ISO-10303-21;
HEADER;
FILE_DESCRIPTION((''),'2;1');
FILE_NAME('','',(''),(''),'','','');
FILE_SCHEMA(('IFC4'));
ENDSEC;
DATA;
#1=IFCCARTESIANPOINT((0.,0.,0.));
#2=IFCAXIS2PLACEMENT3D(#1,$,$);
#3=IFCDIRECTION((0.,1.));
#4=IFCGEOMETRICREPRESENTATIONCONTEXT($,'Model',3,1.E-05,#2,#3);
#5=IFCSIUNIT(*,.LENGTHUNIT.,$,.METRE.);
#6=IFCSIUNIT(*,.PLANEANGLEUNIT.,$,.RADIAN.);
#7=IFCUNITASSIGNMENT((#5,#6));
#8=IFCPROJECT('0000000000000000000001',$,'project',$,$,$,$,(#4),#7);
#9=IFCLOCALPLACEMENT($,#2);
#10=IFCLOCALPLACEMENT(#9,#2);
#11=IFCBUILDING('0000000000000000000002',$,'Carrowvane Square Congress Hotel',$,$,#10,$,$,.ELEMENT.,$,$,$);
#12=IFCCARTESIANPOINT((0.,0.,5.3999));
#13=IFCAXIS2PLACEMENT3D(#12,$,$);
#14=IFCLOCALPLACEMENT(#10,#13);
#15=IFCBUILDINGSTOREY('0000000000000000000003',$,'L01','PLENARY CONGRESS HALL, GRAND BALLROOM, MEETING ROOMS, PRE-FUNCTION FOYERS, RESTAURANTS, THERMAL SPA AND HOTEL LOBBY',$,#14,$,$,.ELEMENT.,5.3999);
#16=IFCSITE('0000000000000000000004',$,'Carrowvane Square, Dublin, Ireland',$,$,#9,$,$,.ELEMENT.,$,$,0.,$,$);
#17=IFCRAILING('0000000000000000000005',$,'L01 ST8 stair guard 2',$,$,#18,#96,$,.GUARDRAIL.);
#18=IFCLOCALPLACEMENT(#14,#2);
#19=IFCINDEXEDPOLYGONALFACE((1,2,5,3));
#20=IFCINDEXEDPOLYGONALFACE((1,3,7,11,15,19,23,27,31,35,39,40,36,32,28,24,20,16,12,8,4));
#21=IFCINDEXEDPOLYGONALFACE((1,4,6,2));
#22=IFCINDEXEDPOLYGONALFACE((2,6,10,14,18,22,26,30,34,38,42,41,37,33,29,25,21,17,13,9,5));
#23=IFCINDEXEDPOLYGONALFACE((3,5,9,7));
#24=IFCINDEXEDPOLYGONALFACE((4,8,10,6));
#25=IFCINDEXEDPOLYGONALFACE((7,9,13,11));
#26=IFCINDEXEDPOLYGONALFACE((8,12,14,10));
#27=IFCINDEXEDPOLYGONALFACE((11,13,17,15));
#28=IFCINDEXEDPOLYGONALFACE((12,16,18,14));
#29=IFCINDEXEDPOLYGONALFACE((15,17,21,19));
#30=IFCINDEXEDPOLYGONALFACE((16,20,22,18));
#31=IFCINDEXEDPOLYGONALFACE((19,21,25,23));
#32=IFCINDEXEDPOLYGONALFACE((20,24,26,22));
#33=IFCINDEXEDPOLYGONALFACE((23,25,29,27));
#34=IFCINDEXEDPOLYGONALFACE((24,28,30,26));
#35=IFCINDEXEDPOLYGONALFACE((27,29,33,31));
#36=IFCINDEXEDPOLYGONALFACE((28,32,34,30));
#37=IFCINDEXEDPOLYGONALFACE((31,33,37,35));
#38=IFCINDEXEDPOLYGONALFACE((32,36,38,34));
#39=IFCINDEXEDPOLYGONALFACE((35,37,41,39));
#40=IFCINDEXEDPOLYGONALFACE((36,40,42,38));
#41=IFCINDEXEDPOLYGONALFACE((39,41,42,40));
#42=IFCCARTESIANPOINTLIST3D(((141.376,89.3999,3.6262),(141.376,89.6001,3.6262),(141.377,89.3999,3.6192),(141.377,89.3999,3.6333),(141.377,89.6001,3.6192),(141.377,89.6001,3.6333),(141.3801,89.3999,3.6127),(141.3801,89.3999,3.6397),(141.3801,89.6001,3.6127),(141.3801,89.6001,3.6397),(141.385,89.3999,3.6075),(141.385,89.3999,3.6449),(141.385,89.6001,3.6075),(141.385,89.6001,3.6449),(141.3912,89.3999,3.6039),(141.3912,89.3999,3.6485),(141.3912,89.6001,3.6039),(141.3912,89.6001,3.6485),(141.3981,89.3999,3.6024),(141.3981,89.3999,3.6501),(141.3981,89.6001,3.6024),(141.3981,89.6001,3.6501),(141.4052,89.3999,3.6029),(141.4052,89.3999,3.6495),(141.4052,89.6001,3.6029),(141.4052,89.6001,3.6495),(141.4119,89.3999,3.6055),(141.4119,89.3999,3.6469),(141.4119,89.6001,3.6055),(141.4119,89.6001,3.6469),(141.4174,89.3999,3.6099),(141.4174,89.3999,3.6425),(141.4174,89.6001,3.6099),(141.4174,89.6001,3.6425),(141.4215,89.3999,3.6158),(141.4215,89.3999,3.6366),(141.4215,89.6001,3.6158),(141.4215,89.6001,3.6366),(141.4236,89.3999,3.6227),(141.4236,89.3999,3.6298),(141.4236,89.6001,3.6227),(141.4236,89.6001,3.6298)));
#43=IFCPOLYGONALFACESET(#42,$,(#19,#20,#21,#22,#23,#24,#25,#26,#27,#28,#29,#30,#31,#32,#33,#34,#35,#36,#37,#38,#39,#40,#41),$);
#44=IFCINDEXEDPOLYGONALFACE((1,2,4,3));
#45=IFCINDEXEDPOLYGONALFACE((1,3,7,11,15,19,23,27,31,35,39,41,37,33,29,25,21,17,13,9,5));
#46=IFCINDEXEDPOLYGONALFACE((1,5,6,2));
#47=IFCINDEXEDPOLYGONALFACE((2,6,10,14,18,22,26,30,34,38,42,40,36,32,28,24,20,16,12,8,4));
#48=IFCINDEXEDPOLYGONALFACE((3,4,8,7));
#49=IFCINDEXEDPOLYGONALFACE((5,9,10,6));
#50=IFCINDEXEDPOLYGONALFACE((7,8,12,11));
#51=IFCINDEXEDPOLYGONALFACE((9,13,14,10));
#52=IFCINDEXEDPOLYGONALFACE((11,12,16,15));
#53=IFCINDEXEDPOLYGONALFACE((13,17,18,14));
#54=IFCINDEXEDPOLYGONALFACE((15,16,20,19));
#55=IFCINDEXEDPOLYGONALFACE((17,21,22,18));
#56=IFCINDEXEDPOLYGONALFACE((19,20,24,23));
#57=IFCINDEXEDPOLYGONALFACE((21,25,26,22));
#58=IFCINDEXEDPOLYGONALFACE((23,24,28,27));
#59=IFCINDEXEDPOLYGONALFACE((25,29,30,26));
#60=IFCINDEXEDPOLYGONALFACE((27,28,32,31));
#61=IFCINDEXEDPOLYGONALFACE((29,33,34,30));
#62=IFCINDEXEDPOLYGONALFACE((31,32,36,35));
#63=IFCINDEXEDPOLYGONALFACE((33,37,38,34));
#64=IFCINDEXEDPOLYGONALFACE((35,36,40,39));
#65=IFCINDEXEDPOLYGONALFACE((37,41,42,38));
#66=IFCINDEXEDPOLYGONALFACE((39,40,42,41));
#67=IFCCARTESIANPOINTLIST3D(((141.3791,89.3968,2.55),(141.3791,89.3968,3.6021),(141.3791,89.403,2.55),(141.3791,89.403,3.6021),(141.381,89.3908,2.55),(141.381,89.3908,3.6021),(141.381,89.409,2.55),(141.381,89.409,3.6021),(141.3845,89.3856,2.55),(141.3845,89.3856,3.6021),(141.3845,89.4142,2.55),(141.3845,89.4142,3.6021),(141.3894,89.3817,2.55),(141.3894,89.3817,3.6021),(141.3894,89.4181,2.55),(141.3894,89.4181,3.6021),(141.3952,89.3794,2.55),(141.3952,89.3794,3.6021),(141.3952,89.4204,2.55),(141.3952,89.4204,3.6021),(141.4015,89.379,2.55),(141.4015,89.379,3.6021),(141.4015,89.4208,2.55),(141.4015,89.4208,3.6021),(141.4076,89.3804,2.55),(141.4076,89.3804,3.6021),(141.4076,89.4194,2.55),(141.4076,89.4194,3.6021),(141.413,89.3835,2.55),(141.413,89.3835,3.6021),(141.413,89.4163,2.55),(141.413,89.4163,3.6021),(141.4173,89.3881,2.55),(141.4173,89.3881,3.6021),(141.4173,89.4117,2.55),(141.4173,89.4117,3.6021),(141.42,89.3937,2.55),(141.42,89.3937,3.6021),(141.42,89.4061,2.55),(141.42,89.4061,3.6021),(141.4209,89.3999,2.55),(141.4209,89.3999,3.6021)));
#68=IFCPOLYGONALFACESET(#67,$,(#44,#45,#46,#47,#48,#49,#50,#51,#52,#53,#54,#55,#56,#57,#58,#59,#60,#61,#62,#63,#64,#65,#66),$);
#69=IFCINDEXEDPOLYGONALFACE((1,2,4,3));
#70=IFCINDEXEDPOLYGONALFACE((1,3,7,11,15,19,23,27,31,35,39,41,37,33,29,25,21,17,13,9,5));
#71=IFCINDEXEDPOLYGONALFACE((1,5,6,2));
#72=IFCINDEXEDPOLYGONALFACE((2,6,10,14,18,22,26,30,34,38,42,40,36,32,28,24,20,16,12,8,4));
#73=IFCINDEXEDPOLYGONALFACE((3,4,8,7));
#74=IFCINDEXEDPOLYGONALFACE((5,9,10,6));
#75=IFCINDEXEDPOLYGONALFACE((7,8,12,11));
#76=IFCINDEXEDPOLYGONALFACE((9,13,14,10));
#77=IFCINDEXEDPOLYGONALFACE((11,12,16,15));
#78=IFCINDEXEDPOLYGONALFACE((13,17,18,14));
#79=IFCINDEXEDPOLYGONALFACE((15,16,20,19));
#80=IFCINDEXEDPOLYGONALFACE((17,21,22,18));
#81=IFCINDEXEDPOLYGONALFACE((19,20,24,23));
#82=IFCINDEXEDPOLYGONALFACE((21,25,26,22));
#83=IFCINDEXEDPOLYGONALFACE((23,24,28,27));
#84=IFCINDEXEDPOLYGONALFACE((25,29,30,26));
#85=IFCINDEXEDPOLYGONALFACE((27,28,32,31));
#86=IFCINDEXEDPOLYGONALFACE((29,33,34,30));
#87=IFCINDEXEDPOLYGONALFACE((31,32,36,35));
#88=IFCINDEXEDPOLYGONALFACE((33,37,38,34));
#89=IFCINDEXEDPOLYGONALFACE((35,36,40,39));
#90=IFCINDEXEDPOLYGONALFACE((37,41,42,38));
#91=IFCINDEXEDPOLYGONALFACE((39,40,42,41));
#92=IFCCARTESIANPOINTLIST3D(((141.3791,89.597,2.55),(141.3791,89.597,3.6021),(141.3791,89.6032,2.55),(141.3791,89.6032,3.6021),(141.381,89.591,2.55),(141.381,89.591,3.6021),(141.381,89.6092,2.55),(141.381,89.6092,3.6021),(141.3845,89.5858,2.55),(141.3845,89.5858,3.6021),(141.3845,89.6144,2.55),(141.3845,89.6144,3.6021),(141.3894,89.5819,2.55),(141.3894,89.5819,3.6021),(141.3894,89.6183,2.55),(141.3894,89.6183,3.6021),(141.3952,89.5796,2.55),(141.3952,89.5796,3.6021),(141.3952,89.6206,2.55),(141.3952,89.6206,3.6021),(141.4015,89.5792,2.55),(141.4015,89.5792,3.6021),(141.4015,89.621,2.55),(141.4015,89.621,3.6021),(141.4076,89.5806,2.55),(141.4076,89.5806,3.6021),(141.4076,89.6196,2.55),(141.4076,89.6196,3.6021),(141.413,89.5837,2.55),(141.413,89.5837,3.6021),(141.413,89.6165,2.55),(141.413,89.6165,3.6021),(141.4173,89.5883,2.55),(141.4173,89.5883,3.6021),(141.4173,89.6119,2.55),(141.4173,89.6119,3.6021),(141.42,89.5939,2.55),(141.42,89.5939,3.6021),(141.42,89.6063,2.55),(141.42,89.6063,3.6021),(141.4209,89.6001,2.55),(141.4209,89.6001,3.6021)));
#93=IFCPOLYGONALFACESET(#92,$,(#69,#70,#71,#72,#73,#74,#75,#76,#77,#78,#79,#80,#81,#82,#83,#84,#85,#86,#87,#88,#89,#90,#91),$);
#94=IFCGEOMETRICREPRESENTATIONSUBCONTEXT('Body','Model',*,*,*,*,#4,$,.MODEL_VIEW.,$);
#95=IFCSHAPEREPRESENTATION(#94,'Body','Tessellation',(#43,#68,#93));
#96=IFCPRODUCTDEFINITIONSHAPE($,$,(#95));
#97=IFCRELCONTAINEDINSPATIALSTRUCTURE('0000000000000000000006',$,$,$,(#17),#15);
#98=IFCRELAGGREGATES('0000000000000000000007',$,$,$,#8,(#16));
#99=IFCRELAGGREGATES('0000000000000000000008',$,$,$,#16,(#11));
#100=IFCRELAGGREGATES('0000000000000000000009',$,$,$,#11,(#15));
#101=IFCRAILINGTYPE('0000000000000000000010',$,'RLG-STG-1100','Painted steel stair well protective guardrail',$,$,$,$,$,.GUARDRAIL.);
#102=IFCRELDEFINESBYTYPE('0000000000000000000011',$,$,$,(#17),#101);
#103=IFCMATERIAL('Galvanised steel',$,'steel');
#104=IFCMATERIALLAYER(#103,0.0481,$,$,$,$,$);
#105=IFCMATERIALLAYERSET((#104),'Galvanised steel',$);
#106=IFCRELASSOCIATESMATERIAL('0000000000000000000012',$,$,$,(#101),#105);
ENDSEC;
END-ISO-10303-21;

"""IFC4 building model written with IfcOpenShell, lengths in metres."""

from ifc_helpers import new_model, si_unit, direction, frame, origin, origin_2d, place, context, subcontext, project, spatial, circle, extrude, material, layer, layer_set, type_object, element, save


model = new_model("IFC4")

# Units and contexts
model_context = context("Model", 3, precision=1e-05, world=origin(), true_north=direction((0.0, 1.0)))
body_context = subcontext(model_context, "Body", "Model", "MODEL_VIEW")
ifc_project = project(units=[si_unit("LENGTHUNIT", "METRE"), si_unit("PLANEANGLEUNIT", "RADIAN")], contexts=[model_context])

# Site, building, storey
site_placement = place(None, origin())
site = spatial("IfcSite", under=ifc_project, at=site_placement, Name="Carrowvane Square, Dublin, Ireland", CompositionType="ELEMENT", RefElevation=0.0)
building_placement = place(site_placement, origin())
building = spatial("IfcBuilding", under=site, at=building_placement, Name="Carrowvane Square Congress Hotel", CompositionType="ELEMENT")
storey_placement = place(building_placement, frame((0.0, 0.0, 5.3999)))
storey = spatial("IfcBuildingStorey", under=building, at=storey_placement, Name="L01", Description="PLENARY CONGRESS HALL, GRAND BALLROOM, MEETING ROOMS, PRE-FUNCTION FOYERS, RESTAURANTS, THERMAL SPA AND HOTEL LOBBY", CompositionType="ELEMENT", Elevation=5.3999)

# Railing
ifc_material_1 = material(Name="Galvanised steel", Category="steel")
ifc_layer_1 = layer(ifc_material_1, 0.0481)
ifc_layer_set_1 = layer_set([ifc_layer_1], Name="Galvanised steel")
railing_type_1 = type_object("IfcRailingType", Name="RLG-STG-1100", Description="Painted steel stair well protective guardrail", PredefinedType="GUARDRAIL", material=ifc_layer_set_1)
railing_1_placement = place(storey_placement, frame((141.3999, 89.3999, 2.55)))
element("IfcRailing", 1, at=railing_1_placement, inside=storey, type_object=railing_type_1, Name="L01 ST8 stair guard 2", PredefinedType="GUARDRAIL", context=body_context, shape_type="SweptSolid", body=[
    extrude(circle(Radius=0.0239, at=origin_2d()), frame((0.0, 0.0, 1.0762), z_axis=(0.0, 1.0, 0.0), x_axis=(-1.0, 0.0, 0.0)), (0.0, 0.0, 1.0), 0.2002),
    extrude(circle(Radius=0.021, at=origin_2d()), origin(), (0.0, 0.0, 1.0), 1.052),
    extrude(circle(Radius=0.021, at=origin_2d()), frame((0.0, 0.2002, 0.0)), (0.0, 0.0, 1.0), 1.052),
])

save(model, "model.ifc")
